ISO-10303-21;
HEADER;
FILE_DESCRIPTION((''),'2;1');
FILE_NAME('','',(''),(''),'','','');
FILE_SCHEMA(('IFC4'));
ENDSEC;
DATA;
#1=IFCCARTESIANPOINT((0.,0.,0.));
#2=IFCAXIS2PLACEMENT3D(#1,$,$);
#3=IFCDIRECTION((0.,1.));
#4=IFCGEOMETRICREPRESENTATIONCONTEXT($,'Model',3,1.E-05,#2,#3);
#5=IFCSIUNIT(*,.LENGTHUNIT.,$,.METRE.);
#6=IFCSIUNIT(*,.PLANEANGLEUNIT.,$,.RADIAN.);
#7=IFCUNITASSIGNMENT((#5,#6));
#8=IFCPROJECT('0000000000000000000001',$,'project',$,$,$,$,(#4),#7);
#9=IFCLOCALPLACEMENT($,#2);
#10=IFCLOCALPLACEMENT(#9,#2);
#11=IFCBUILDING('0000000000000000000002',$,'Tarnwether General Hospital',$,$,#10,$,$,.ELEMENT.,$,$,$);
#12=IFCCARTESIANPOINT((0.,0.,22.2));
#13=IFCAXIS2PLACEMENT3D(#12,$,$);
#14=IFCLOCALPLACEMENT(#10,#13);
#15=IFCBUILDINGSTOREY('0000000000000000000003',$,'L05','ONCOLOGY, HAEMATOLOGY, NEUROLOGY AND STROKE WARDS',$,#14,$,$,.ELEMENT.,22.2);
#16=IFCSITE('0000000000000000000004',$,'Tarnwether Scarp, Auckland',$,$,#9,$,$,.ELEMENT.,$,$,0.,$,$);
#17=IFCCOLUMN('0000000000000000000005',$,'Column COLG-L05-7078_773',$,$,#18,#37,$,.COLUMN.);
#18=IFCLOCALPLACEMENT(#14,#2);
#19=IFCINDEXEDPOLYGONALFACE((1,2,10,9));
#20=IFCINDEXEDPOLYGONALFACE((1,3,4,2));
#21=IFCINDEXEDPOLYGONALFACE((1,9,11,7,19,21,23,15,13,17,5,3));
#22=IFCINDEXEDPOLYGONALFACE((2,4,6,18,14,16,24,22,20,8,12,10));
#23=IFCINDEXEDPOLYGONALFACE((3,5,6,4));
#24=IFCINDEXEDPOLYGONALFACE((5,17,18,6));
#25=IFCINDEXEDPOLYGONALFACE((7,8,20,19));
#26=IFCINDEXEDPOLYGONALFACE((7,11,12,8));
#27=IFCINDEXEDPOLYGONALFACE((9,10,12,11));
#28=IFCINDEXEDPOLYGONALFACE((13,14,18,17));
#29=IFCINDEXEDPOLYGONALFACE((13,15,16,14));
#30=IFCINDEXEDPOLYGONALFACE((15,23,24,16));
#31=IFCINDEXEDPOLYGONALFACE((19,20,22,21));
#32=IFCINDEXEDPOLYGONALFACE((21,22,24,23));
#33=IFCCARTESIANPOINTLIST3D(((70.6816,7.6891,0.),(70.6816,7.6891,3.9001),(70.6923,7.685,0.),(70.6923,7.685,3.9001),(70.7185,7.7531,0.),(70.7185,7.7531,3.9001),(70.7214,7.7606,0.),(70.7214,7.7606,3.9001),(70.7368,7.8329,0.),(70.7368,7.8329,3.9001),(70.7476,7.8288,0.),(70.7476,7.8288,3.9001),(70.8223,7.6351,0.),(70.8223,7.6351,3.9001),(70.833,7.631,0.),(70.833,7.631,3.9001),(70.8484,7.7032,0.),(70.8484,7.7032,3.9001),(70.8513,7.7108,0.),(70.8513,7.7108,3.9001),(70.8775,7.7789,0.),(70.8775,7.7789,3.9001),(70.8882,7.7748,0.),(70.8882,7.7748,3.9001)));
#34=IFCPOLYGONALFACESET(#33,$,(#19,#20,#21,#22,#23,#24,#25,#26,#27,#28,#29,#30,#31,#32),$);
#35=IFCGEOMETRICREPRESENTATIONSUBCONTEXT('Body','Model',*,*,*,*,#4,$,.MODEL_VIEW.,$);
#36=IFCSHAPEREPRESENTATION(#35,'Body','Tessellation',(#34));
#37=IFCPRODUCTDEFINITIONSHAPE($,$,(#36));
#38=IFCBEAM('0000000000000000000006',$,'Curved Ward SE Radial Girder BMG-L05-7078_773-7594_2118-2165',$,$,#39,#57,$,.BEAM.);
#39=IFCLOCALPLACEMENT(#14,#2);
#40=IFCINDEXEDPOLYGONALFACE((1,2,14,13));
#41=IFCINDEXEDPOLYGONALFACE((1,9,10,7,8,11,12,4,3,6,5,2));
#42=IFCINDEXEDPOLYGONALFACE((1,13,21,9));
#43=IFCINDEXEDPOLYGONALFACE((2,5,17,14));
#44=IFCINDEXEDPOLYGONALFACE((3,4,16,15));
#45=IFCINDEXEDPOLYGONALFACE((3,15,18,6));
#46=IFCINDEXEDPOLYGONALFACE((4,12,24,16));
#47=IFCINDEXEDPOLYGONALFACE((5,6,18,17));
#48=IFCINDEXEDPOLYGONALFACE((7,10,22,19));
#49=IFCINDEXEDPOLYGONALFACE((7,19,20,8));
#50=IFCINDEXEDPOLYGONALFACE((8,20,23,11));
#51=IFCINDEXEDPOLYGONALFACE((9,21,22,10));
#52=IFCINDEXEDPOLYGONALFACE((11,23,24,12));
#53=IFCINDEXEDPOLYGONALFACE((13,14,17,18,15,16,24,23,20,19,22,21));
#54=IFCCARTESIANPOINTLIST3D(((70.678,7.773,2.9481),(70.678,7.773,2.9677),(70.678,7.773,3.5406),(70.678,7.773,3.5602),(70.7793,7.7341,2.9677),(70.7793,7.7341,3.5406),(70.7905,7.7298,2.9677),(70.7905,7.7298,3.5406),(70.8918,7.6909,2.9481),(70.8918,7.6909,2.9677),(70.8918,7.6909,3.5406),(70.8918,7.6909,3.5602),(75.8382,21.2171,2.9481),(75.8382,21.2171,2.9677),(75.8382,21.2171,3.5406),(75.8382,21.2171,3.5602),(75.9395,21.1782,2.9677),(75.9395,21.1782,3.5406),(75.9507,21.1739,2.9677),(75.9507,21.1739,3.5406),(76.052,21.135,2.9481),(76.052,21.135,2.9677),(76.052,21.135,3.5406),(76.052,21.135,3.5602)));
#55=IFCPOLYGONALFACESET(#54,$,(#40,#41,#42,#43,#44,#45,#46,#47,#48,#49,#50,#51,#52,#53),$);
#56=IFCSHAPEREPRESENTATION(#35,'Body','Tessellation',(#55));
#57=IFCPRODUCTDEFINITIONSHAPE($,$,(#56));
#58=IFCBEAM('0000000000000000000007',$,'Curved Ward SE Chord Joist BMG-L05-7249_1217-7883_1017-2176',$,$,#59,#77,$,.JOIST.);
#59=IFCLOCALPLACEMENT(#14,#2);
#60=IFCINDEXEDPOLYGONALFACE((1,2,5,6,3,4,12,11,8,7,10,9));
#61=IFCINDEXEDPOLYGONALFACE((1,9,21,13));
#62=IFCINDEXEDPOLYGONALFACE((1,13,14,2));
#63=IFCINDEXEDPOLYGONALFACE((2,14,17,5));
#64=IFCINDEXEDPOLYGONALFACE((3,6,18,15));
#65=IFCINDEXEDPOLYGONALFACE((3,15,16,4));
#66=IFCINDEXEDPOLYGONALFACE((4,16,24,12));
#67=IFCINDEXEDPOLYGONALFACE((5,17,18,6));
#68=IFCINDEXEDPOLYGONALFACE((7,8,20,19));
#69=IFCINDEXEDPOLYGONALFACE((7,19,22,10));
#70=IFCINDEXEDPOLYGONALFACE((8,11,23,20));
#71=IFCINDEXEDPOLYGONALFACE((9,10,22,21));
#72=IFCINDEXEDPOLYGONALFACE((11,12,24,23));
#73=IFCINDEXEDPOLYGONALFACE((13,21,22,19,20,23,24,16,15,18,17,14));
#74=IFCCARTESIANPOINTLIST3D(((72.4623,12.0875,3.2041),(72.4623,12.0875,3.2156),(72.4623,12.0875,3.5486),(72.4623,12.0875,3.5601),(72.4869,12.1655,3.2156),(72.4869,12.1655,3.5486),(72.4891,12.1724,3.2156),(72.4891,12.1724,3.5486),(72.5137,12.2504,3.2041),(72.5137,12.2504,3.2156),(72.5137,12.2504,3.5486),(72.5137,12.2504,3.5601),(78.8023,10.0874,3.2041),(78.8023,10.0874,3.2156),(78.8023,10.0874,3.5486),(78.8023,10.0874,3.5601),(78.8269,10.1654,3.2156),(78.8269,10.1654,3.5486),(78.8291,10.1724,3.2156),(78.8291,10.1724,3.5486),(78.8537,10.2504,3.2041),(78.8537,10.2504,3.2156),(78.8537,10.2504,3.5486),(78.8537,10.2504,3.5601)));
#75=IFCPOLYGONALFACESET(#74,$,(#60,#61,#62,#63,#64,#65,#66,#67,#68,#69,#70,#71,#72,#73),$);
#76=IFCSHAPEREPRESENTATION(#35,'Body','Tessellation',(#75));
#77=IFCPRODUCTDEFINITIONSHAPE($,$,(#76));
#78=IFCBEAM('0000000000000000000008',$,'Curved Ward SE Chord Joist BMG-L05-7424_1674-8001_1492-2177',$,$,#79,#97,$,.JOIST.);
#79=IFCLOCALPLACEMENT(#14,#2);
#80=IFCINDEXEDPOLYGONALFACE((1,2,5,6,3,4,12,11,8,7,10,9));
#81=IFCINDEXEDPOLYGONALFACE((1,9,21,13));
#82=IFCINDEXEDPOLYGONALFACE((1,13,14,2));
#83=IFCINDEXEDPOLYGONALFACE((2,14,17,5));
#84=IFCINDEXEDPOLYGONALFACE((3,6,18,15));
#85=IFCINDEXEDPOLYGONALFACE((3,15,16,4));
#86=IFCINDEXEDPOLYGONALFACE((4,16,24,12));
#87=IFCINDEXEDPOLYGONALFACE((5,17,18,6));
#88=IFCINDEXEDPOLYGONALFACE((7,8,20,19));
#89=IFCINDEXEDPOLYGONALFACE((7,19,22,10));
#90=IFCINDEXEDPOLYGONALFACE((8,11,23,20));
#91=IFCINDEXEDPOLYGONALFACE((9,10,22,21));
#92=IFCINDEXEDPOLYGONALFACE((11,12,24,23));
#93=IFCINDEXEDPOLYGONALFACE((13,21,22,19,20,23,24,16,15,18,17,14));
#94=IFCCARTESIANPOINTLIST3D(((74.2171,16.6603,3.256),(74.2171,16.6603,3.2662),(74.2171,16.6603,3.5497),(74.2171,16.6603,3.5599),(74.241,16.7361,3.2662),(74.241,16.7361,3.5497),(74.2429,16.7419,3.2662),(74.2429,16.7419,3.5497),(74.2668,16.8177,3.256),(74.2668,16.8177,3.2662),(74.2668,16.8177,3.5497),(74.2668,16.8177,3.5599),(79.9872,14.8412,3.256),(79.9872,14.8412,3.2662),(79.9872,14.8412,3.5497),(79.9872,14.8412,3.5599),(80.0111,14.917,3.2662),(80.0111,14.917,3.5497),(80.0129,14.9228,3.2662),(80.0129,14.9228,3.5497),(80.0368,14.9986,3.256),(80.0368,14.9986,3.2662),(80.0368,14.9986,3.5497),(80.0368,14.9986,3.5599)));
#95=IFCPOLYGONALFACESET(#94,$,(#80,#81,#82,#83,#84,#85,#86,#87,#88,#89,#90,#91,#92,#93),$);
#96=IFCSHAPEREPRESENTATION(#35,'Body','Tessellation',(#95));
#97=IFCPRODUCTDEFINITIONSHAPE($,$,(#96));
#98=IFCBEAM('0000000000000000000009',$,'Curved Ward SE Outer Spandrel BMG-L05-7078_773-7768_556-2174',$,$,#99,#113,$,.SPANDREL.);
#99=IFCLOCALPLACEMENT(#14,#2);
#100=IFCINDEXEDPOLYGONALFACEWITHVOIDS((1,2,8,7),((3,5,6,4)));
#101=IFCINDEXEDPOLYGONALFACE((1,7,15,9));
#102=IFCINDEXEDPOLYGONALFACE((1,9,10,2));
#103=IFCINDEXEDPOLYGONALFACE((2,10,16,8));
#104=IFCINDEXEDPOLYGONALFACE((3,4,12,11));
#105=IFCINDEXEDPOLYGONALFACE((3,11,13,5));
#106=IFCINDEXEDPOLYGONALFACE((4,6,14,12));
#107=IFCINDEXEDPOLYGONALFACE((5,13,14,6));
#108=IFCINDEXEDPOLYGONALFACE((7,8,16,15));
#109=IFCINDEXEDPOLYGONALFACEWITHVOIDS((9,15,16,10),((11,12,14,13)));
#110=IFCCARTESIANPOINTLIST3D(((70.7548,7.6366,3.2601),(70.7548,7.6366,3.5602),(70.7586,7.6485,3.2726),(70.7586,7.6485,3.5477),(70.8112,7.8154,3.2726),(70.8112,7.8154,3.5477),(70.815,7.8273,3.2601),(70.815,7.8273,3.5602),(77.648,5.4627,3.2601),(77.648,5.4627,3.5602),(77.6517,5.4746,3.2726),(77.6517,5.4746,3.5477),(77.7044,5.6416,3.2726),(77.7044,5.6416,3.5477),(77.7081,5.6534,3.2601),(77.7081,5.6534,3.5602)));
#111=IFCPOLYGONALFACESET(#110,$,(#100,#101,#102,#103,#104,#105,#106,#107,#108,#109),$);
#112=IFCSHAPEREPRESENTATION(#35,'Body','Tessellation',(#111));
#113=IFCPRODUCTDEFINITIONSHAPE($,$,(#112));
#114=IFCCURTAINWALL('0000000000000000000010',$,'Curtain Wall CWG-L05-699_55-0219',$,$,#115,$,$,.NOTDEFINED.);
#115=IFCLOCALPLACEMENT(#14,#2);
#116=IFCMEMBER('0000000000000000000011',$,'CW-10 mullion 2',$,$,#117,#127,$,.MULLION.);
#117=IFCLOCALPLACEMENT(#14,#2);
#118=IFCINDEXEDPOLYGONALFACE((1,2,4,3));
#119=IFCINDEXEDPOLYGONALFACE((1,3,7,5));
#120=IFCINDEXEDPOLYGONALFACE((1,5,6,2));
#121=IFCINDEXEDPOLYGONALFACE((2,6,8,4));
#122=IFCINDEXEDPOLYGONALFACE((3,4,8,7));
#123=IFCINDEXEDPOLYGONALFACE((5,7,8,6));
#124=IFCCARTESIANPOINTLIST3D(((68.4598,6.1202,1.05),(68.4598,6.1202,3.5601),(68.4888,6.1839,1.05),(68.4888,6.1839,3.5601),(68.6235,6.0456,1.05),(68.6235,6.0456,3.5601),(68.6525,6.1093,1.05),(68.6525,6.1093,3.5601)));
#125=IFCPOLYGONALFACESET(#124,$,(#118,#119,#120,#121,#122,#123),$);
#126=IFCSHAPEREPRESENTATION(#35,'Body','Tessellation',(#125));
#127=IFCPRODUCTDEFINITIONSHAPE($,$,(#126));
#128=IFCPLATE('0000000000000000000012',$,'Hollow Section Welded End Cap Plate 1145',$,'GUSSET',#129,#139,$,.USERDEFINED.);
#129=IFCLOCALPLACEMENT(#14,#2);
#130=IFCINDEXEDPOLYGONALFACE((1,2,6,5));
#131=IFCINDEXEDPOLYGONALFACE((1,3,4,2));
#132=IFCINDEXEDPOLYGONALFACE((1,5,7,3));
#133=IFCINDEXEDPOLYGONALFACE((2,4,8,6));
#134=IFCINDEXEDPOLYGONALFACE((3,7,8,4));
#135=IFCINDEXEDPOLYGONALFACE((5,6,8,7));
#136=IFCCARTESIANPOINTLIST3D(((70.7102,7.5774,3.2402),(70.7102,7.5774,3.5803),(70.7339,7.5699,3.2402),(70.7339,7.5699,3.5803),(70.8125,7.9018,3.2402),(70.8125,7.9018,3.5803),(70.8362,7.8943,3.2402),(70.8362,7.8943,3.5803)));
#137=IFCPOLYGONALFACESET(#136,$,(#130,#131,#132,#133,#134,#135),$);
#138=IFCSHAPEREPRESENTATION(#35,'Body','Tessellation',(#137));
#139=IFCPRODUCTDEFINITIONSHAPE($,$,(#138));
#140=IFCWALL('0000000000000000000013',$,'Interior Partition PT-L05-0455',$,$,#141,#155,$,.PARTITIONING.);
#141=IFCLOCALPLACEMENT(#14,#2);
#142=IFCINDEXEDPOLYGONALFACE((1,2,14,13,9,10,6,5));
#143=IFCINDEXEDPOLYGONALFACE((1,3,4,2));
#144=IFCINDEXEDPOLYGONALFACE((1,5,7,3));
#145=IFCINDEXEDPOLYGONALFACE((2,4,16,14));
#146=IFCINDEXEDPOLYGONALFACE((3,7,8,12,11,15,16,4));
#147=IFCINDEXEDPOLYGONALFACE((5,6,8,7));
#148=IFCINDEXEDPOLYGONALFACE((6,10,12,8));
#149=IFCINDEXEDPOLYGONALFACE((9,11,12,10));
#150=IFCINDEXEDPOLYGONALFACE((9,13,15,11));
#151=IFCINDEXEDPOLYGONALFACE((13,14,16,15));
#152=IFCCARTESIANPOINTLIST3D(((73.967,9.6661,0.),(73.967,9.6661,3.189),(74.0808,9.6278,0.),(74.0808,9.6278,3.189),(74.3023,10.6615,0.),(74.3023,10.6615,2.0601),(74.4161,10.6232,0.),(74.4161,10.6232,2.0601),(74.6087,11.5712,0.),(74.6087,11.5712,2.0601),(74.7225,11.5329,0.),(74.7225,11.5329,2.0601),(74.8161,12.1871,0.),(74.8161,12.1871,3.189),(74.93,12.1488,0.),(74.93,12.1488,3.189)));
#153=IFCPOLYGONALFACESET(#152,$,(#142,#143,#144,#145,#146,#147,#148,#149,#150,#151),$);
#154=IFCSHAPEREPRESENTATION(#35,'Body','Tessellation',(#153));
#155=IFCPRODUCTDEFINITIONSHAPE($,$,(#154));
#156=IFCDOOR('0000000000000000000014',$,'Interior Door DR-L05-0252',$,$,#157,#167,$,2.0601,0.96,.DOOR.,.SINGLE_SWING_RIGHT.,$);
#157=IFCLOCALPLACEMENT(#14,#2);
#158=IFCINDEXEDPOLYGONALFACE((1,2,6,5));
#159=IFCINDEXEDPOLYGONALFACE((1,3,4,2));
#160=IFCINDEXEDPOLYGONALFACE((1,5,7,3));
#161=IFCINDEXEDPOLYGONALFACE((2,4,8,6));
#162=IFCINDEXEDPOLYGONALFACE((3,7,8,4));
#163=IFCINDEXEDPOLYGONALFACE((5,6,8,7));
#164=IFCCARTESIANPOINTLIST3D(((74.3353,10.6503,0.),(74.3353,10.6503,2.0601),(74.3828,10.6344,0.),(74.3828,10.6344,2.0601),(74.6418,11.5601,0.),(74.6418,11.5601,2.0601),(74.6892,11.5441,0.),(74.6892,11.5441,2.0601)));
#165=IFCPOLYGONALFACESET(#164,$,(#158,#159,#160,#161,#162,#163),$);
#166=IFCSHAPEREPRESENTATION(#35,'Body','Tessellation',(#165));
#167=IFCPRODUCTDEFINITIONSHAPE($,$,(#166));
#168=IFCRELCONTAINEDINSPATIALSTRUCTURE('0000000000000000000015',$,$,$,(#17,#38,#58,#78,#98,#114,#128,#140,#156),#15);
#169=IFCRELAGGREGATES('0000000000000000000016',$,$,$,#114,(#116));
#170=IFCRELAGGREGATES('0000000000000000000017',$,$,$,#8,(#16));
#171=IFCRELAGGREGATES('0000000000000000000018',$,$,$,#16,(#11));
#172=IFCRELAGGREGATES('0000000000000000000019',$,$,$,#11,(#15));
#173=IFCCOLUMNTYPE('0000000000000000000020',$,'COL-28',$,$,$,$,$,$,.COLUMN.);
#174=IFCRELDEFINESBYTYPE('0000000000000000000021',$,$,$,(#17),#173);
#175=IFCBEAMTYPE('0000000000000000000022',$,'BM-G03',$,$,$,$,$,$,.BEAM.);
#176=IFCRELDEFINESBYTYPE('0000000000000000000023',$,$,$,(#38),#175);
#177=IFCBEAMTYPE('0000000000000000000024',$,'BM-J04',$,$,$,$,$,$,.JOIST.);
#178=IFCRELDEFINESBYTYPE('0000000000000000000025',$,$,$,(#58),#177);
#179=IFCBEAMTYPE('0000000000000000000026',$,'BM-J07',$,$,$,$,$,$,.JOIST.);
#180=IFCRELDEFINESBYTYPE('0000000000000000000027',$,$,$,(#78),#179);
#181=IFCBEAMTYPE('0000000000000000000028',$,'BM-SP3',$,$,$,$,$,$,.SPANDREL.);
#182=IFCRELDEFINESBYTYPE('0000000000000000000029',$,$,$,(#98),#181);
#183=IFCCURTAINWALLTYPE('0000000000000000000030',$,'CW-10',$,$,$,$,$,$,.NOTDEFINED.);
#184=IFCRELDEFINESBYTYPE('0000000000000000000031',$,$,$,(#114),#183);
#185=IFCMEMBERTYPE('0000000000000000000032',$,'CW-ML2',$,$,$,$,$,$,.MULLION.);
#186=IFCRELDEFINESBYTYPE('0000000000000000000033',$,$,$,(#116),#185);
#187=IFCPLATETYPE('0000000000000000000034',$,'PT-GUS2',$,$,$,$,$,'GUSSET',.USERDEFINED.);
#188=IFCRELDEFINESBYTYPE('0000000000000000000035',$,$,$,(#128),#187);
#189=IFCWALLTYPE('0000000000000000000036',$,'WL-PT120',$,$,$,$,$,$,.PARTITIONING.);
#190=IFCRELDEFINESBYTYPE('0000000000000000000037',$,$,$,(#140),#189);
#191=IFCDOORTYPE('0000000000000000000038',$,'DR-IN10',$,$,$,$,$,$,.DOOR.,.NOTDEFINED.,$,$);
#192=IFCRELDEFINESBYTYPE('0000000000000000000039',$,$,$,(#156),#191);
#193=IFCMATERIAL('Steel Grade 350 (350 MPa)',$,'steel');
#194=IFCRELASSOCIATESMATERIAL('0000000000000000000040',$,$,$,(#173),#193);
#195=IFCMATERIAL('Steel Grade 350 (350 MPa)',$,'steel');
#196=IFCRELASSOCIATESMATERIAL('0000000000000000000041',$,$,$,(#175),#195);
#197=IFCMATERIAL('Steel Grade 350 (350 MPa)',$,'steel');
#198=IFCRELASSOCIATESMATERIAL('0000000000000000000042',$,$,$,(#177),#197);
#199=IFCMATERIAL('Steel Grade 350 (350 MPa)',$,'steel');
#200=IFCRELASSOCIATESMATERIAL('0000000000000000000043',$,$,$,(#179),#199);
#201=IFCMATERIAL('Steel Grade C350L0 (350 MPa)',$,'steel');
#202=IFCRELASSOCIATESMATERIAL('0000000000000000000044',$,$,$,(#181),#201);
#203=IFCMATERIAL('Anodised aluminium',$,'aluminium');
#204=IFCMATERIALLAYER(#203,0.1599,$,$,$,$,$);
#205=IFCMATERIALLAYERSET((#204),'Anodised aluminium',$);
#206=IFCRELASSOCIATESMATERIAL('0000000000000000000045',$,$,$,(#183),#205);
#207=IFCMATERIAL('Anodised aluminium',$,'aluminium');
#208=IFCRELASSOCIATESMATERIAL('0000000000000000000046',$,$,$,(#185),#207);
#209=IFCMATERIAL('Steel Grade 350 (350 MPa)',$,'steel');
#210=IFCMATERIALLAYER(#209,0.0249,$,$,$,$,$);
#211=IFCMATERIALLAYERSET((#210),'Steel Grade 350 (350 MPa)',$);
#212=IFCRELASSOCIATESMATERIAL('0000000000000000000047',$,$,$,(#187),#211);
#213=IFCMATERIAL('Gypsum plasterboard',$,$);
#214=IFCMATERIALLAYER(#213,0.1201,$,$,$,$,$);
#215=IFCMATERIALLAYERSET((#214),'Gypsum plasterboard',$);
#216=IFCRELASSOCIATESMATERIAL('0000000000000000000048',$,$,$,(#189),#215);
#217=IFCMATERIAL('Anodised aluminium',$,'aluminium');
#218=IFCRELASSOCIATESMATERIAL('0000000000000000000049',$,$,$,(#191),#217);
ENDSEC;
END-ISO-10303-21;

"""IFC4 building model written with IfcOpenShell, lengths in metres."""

from ifc_helpers import new_model, si_unit, direction, frame, frame_2d, origin, origin_2d, place, context, subcontext, project, spatial, rectangle, hollow_rectangle, i_section, extrude, material, layer, layer_set, material_profile, profile_set, type_object, element, fill, aggregate, save


model = new_model("IFC4")

# Units and contexts
model_context = context("Model", 3, precision=1e-05, world=origin(), true_north=direction((0.0, 1.0)))
body_context = subcontext(model_context, "Body", "Model", "MODEL_VIEW")
ifc_project = project(units=[si_unit("LENGTHUNIT", "METRE"), si_unit("PLANEANGLEUNIT", "RADIAN")], contexts=[model_context])

# Site, building, storey
site_placement = place(None, origin())
site = spatial("IfcSite", under=ifc_project, at=site_placement, Name="Tarnwether Scarp, Auckland", CompositionType="ELEMENT", RefElevation=0.0)
building_placement = place(site_placement, origin())
building = spatial("IfcBuilding", under=site, at=building_placement, Name="Tarnwether General Hospital", CompositionType="ELEMENT")
storey_placement = place(building_placement, frame((0.0, 0.0, 22.2)))
storey = spatial("IfcBuildingStorey", under=building, at=storey_placement, Name="L05", Description="ONCOLOGY, HAEMATOLOGY, NEUROLOGY AND STROKE WARDS", CompositionType="ELEMENT", Elevation=22.2)

# Column
ifc_material_1 = material(Name="Steel Grade 350 (350 MPa)", Category="steel")
ifc_material_profile_1 = material_profile(ifc_material_1, i_section(OverallWidth=0.1541, OverallDepth=0.1621, WebThickness=0.0081, FlangeThickness=0.0115, at=origin_2d()), Name="150UC37.2")
ifc_profile_set_1 = profile_set([ifc_material_profile_1], Name="Steel Grade 350 (350 MPa)")
column_type = type_object("IfcColumnType", Name="COL-28", PredefinedType="COLUMN", material=ifc_profile_set_1)
column_placement = place(storey_placement, frame((70.7849, 7.7319, 0.0), z_axis=(0.0, 0.0, 1.0), x_axis=(0.358368, 0.93358, 0.0)))
element("IfcColumn", 1, at=column_placement, inside=storey, type_object=column_type, Name="Column COLG-L05-7078_773", PredefinedType="COLUMN", context=body_context, shape_type="SweptSolid", body=[
    extrude(i_section(OverallWidth=0.1541, OverallDepth=0.1621, WebThickness=0.0081, FlangeThickness=0.0115, at=origin_2d()), origin(), (0.0, 0.0, 1.0), 3.9001),
])

# Beams
ifc_material_2 = material(Name="Steel Grade 350 (350 MPa)", Category="steel")
ifc_material_profile_2 = material_profile(ifc_material_2, i_section(OverallWidth=0.229, OverallDepth=0.6121, WebThickness=0.012, FlangeThickness=0.0195, at=origin_2d()), Name="610UB125")
ifc_profile_set_2 = profile_set([ifc_material_profile_2], Name="Steel Grade 350 (350 MPa)")
beam_type_1 = type_object("IfcBeamType", Name="BM-G03", PredefinedType="BEAM", material=ifc_profile_set_2)
beam_1_placement = place(storey_placement, frame((70.7849, 7.7319, 3.2542), z_axis=(0.358335, 0.933593, 0.0), x_axis=(-0.933593, 0.358335, 0.0)))
element("IfcBeam", 2, at=beam_1_placement, inside=storey, type_object=beam_type_1, Name="Curved Ward SE Radial Girder BMG-L05-7078_773-7594_2118-2165", PredefinedType="BEAM", context=body_context, shape_type="SweptSolid", body=[
    extrude(i_section(OverallWidth=0.229, OverallDepth=0.6121, WebThickness=0.012, FlangeThickness=0.0195, at=origin_2d()), origin(), (0.0, 0.0, 1.0), 14.4004),
])
ifc_material_3 = material(Name="Steel Grade 350 (350 MPa)", Category="steel")
ifc_material_profile_3 = material_profile(ifc_material_3, i_section(OverallWidth=0.1709, OverallDepth=0.356, WebThickness=0.0073, FlangeThickness=0.0115, at=origin_2d()), Name="360UB50.7")
ifc_profile_set_3 = profile_set([ifc_material_profile_3], Name="Steel Grade 350 (350 MPa)")
beam_type_2 = type_object("IfcBeamType", Name="BM-J04", PredefinedType="JOIST", material=ifc_profile_set_3)
beam_2_placement = place(storey_placement, frame((72.488, 12.1689, 3.3821), z_axis=(0.953671, -0.30085, 0.0), x_axis=(0.30085, 0.953671, 0.0)))
element("IfcBeam", 3, at=beam_2_placement, inside=storey, type_object=beam_type_2, Name="Curved Ward SE Chord Joist BMG-L05-7249_1217-7883_1017-2176", PredefinedType="JOIST", context=body_context, shape_type="SweptSolid", body=[
    extrude(i_section(OverallWidth=0.1709, OverallDepth=0.356, WebThickness=0.0073, FlangeThickness=0.0115, at=origin_2d()), origin(), (0.0, 0.0, 1.0), 6.6479),
])
ifc_material_4 = material(Name="Steel Grade 350 (350 MPa)", Category="steel")
ifc_material_profile_4 = material_profile(ifc_material_4, i_section(OverallWidth=0.165, OverallDepth=0.304, WebThickness=0.0061, FlangeThickness=0.0103, at=origin_2d()), Name="310UB40.4")
ifc_profile_set_4 = profile_set([ifc_material_profile_4], Name="Steel Grade 350 (350 MPa)")
beam_type_3 = type_object("IfcBeamType", Name="BM-J07", PredefinedType="JOIST", material=ifc_profile_set_4)
beam_3_placement = place(storey_placement, frame((74.2419, 16.739, 3.408), z_axis=(0.953726, -0.300677, 0.0), x_axis=(0.300677, 0.953726, 0.0)))
element("IfcBeam", 4, at=beam_3_placement, inside=storey, type_object=beam_type_3, Name="Curved Ward SE Chord Joist BMG-L05-7424_1674-8001_1492-2177", PredefinedType="JOIST", context=body_context, shape_type="SweptSolid", body=[
    extrude(i_section(OverallWidth=0.165, OverallDepth=0.304, WebThickness=0.0061, FlangeThickness=0.0103, at=origin_2d()), origin(), (0.0, 0.0, 1.0), 6.05),
])
ifc_material_5 = material(Name="Steel Grade C350L0 (350 MPa)", Category="steel")
ifc_material_profile_5 = material_profile(ifc_material_5, hollow_rectangle(XDim=0.2, YDim=0.3, WallThickness=0.0125, at=origin_2d()), Name="RHS300x200x12.5")
ifc_profile_set_5 = profile_set([ifc_material_profile_5], Name="Steel Grade C350L0 (350 MPa)")
beam_type_4 = type_object("IfcBeamType", Name="BM-SP3", PredefinedType="SPANDREL", material=ifc_profile_set_5)
beam_4_placement = place(storey_placement, frame((70.7849, 7.7319, 3.4102), z_axis=(0.953699, -0.300763, 0.0), x_axis=(0.300763, 0.953699, 0.0)))
element("IfcBeam", 5, at=beam_4_placement, inside=storey, type_object=beam_type_4, Name="Curved Ward SE Outer Spandrel BMG-L05-7078_773-7768_556-2174", PredefinedType="SPANDREL", context=body_context, shape_type="SweptSolid", body=[
    extrude(hollow_rectangle(XDim=0.2, YDim=0.3, WallThickness=0.0125, at=origin_2d()), origin(), (0.0, 0.0, 1.0), 7.2278),
])

# Curtain wall, member
ifc_material_6 = material(Name="Anodised aluminium", Category="aluminium")
ifc_layer_1 = layer(ifc_material_6, 0.1599)
ifc_layer_set_1 = layer_set([ifc_layer_1], Name="Anodised aluminium")
curtain_wall_type = type_object("IfcCurtainWallType", Name="CW-10", PredefinedType="NOTDEFINED", material=ifc_layer_set_1)
curtain_wall_placement = place(storey_placement, origin())
curtain_wall = element("IfcCurtainWall", 6, at=curtain_wall_placement, inside=storey, type_object=curtain_wall_type, Name="Curtain Wall CWG-L05-699_55-0219", PredefinedType="NOTDEFINED")
ifc_material_7 = material(Name="Anodised aluminium", Category="aluminium")
ifc_material_profile_6 = material_profile(ifc_material_7, rectangle(XDim=0.0701, YDim=0.1799, at=origin_2d()), Name="ALU-MUL-70x180")
ifc_profile_set_6 = profile_set([ifc_material_profile_6], Name="Anodised aluminium")
member_type = type_object("IfcMemberType", Name="CW-ML2", PredefinedType="MULLION", material=ifc_profile_set_6)
member_placement = place(storey_placement, frame((68.5562, 6.1147, 1.05), z_axis=(0.0, 0.0, 1.0), x_axis=(-0.414694, -0.909961, 0.0)))
member = element("IfcMember", 7, at=member_placement, type_object=member_type, Name="CW-10 mullion 2", PredefinedType="MULLION", context=body_context, shape_type="SweptSolid", body=[
    extrude(rectangle(XDim=0.0701, YDim=0.1799, at=origin_2d()), origin(), (0.0, 0.0, 1.0), 2.51),
])
aggregate(curtain_wall, [member])

# Plate
ifc_material_8 = material(Name="Steel Grade 350 (350 MPa)", Category="steel")
ifc_layer_2 = layer(ifc_material_8, 0.0249)
ifc_layer_set_2 = layer_set([ifc_layer_2], Name="Steel Grade 350 (350 MPa)")
plate_type = type_object("IfcPlateType", Name="PT-GUS2", ElementType="GUSSET", PredefinedType="USERDEFINED", material=ifc_layer_set_2)
plate_placement = place(storey_placement, frame((70.7732, 7.7358, 3.2402), z_axis=(0.0, 0.0, 1.0), x_axis=(0.953691, -0.300789, 0.0)))
element("IfcPlate", 8, at=plate_placement, inside=storey, type_object=plate_type, Name="Hollow Section Welded End Cap Plate 1145", ObjectType="GUSSET", PredefinedType="USERDEFINED", context=body_context, shape_type="SweptSolid", body=[
    extrude(rectangle(XDim=0.0249, YDim=0.3401, at=origin_2d()), origin(), (0.0, 0.0, 1.0), 0.3401),
])

# Wall, opening, door
ifc_material_9 = material(Name="Gypsum plasterboard")
ifc_layer_3 = layer(ifc_material_9, 0.1201)
ifc_layer_set_3 = layer_set([ifc_layer_3], Name="Gypsum plasterboard")
wall_type_1 = type_object("IfcWallType", Name="WL-PT120", PredefinedType="PARTITIONING", material=ifc_layer_set_3)
wall_1_placement = place(storey_placement, frame((74.873, 12.168, 0.0), z_axis=(0.0, 0.0, 1.0), x_axis=(-0.3192, -0.947687, 0.0)))
wall_1 = element("IfcWall", 9, at=wall_1_placement, inside=storey, type_object=wall_type_1, Name="Interior Partition PT-L05-0455", PredefinedType="PARTITIONING", context=body_context, shape_type="SweptSolid", body=[
    extrude(rectangle(XDim=2.6602, YDim=0.1201, at=frame_2d((1.3301, 0.0))), origin(), (0.0, 0.0, 1.0), 3.189),
])
opening_1_placement = place(wall_1_placement, frame((0.6499, 0.0, 0.0)))
opening_1 = element("IfcOpeningElement", 10, at=opening_1_placement, cuts=wall_1, PredefinedType="OPENING", context=body_context, shape_type="SweptSolid", body=[
    extrude(rectangle(XDim=0.96, YDim=2.0601, at=frame_2d((0.48, 1.03))), frame((0.0, 0.0701, 0.0), z_axis=(0.0, -1.0, 0.0), x_axis=(1.0, 0.0, 0.0)), (0.0, 0.0, 1.0), 0.1401),
])
ifc_material_10 = material(Name="Anodised aluminium", Category="aluminium")
door_type_1 = type_object("IfcDoorType", Name="DR-IN10", OperationType="NOTDEFINED", PredefinedType="DOOR", material=ifc_material_10)
door_1_placement = place(opening_1_placement, origin())
door_1 = element("IfcDoor", 11, at=door_1_placement, inside=storey, type_object=door_type_1, Name="Interior Door DR-L05-0252", OperationType="SINGLE_SWING_RIGHT", OverallHeight=2.0601, OverallWidth=0.96, PredefinedType="DOOR", context=body_context, shape_type="SweptSolid", body=[
    extrude(rectangle(XDim=0.96, YDim=2.0601, at=frame_2d((0.48, 1.03))), frame((0.0, 0.0249, 0.0), z_axis=(0.0, -1.0, 0.0), x_axis=(1.0, 0.0, 0.0)), (0.0, 0.0, 1.0), 0.05),
])
fill(opening_1, door_1)

save(model, "model.ifc")
